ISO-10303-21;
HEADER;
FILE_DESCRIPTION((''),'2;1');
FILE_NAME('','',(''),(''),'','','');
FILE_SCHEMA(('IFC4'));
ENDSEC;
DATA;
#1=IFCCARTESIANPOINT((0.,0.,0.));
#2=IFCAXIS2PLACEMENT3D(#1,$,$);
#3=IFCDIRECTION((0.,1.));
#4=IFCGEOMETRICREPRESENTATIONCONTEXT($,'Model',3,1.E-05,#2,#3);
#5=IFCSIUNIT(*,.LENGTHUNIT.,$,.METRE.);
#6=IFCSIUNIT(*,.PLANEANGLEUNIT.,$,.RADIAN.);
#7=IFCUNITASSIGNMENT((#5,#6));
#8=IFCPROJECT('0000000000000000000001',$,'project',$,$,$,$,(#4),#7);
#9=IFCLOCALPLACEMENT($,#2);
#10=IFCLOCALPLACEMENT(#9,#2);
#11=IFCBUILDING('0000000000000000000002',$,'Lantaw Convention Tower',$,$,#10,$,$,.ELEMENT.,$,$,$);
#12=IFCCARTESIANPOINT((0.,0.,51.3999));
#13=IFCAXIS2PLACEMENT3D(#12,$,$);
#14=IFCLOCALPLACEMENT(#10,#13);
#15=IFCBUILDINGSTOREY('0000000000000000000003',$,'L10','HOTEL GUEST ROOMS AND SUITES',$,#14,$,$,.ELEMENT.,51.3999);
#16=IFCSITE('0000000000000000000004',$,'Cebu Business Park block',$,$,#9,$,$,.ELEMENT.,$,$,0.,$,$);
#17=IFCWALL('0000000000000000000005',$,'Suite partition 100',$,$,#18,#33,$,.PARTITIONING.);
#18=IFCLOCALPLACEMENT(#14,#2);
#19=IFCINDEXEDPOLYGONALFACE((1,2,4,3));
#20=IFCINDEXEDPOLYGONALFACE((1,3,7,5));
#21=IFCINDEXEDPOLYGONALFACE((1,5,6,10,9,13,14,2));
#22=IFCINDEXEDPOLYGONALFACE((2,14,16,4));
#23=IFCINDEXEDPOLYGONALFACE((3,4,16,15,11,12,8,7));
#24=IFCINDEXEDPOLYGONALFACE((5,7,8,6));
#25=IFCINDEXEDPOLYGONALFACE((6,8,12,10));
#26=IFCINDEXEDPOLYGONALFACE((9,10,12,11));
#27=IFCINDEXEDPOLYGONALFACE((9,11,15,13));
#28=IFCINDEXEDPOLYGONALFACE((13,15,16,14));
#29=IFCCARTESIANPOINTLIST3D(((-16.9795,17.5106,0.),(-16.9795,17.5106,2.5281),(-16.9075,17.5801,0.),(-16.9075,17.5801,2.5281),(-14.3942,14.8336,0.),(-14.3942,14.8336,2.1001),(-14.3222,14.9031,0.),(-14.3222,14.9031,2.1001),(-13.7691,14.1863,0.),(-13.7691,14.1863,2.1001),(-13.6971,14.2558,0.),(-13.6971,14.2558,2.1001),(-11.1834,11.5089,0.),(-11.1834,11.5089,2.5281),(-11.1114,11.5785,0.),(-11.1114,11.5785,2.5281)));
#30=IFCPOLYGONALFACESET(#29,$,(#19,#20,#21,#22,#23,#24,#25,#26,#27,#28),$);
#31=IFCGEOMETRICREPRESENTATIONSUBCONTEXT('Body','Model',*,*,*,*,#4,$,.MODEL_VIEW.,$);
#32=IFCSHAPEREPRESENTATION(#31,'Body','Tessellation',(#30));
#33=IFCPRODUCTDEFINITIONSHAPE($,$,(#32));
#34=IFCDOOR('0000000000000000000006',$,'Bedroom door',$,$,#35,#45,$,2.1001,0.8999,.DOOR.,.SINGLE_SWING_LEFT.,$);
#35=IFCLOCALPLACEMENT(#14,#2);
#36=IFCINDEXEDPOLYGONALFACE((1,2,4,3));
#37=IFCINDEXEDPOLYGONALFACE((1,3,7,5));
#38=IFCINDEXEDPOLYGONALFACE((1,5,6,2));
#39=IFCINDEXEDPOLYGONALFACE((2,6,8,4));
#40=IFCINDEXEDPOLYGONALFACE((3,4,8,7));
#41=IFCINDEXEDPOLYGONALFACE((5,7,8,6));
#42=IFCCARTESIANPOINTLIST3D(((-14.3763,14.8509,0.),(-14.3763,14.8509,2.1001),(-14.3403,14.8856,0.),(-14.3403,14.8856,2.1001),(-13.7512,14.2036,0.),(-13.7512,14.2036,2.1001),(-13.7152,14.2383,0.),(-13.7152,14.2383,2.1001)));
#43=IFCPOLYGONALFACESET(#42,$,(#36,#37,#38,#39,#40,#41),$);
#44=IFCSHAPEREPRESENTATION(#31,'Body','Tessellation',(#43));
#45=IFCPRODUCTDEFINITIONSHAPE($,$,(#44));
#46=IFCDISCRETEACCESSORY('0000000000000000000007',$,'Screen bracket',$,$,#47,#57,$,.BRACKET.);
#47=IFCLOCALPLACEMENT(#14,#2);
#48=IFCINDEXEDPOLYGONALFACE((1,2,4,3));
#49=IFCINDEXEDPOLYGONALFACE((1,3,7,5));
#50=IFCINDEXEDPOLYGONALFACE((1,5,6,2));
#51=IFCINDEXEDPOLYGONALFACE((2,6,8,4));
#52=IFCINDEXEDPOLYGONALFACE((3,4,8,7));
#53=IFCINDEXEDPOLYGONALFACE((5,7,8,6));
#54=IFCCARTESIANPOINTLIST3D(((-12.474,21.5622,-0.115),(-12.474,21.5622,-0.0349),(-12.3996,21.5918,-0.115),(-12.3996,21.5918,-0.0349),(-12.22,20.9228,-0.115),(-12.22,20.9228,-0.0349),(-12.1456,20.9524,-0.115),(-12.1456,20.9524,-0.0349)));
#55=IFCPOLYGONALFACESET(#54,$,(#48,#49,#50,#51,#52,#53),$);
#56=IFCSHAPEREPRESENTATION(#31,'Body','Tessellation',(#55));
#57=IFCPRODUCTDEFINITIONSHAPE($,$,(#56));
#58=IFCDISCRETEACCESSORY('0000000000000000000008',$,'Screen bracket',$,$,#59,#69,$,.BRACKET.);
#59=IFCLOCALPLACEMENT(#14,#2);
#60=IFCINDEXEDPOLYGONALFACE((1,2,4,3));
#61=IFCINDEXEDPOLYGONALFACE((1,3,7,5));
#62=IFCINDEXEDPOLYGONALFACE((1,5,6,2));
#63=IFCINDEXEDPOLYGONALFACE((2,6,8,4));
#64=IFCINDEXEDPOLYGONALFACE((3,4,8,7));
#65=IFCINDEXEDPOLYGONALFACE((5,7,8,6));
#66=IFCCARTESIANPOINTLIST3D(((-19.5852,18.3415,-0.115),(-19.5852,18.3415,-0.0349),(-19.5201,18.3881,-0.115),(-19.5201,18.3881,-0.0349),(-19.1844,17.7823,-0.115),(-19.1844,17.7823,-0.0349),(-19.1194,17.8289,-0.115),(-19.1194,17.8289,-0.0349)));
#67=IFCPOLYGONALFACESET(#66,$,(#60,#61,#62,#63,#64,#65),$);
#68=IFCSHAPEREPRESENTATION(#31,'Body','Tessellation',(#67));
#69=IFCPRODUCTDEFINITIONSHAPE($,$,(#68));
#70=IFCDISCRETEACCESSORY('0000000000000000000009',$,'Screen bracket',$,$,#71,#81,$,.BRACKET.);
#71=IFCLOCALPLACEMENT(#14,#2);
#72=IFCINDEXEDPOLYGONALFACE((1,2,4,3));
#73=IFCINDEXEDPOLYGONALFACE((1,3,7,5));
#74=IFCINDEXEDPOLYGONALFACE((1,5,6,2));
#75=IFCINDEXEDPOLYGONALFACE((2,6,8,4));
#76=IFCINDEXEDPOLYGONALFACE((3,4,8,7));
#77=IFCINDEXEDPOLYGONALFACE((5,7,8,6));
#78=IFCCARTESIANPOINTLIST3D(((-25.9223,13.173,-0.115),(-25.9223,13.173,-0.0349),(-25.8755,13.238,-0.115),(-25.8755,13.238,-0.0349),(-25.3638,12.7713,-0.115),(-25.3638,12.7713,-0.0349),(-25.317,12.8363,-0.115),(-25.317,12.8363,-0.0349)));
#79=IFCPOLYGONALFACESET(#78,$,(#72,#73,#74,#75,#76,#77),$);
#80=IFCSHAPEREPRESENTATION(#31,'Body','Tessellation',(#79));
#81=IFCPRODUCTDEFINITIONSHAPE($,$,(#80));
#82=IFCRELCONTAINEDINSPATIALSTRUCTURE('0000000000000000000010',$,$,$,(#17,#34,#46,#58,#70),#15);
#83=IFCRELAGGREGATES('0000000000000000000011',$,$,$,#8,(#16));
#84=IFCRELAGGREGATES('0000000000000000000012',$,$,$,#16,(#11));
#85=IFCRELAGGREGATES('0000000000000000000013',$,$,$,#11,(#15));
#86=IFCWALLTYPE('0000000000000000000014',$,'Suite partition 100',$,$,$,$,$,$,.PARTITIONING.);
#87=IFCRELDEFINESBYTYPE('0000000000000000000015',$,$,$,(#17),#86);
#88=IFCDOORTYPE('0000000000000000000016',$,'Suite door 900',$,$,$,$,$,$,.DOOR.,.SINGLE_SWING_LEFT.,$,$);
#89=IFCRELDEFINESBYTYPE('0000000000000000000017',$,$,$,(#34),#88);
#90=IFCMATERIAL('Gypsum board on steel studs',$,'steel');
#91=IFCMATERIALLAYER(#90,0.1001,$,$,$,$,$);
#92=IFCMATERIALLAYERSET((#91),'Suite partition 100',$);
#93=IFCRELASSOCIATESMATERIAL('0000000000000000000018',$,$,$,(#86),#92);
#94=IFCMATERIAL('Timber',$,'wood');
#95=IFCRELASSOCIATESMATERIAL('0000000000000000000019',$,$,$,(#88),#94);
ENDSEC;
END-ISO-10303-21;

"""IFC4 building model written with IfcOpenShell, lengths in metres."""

from ifc_helpers import new_model, si_unit, direction, frame, frame_2d, origin, origin_2d, place, context, subcontext, project, spatial, rectangle, extrude, material, layer, layer_set, type_object, element, fill, save


model = new_model("IFC4")

# Units and contexts
model_context = context("Model", 3, precision=1e-05, world=origin(), true_north=direction((0.0, 1.0)))
body_context = subcontext(model_context, "Body", "Model", "MODEL_VIEW")
ifc_project = project(units=[si_unit("LENGTHUNIT", "METRE"), si_unit("PLANEANGLEUNIT", "RADIAN")], contexts=[model_context])

# Site, building, storey
site_placement = place(None, origin())
site = spatial("IfcSite", under=ifc_project, at=site_placement, Name="Cebu Business Park block", CompositionType="ELEMENT", RefElevation=0.0)
building_placement = place(site_placement, origin())
building = spatial("IfcBuilding", under=site, at=building_placement, Name="Lantaw Convention Tower", CompositionType="ELEMENT")
storey_placement = place(building_placement, frame((0.0, 0.0, 51.3999)))
storey = spatial("IfcBuildingStorey", under=building, at=storey_placement, Name="L10", Description="HOTEL GUEST ROOMS AND SUITES", CompositionType="ELEMENT", Elevation=51.3999)

# Wall, opening, door
ifc_material_1 = material(Name="Gypsum board on steel studs", Category="steel")
ifc_layer_1 = layer(ifc_material_1, 0.1001)
ifc_layer_set_1 = layer_set([ifc_layer_1], Name="Suite partition 100")
wall_type_1 = type_object("IfcWallType", Name="Suite partition 100", PredefinedType="PARTITIONING", material=ifc_layer_set_1)
wall_1_placement = place(storey_placement, frame((-16.9436, 17.5454, 0.0), z_axis=(0.0, 0.0, 1.0), x_axis=(0.694681, -0.719318, 0.0)))
wall_1 = element("IfcWall", 1, at=wall_1_placement, inside=storey, type_object=wall_type_1, Name="Suite partition 100", PredefinedType="PARTITIONING", context=body_context, shape_type="SweptSolid", body=[
    extrude(rectangle(XDim=8.3435, YDim=0.1001, at=frame_2d((4.1719, 0.0))), origin(), (0.0, 0.0, 1.0), 2.5281),
])
opening_1_placement = place(wall_1_placement, frame((3.7217, 0.0, 0.0)))
opening_1 = element("IfcOpeningElement", 2, at=opening_1_placement, cuts=wall_1, PredefinedType="OPENING", context=body_context, shape_type="SweptSolid", body=[
    extrude(rectangle(XDim=0.8999, YDim=2.1001, at=frame_2d((0.45, 1.05))), frame((0.0, 0.0601, 0.0), z_axis=(0.0, -1.0, 0.0), x_axis=(1.0, 0.0, 0.0)), (0.0, 0.0, 1.0), 0.1201),
])
ifc_material_2 = material(Name="Timber", Category="wood")
door_type_1 = type_object("IfcDoorType", Name="Suite door 900", OperationType="SINGLE_SWING_LEFT", PredefinedType="DOOR", material=ifc_material_2)
door_1_placement = place(opening_1_placement, origin())
door_1 = element("IfcDoor", 3, at=door_1_placement, inside=storey, type_object=door_type_1, Name="Bedroom door", OperationType="SINGLE_SWING_LEFT", OverallHeight=2.1001, OverallWidth=0.8999, PredefinedType="DOOR", context=body_context, shape_type="SweptSolid", body=[
    extrude(rectangle(XDim=0.8999, YDim=2.1001, at=frame_2d((0.45, 1.05))), frame((0.0, 0.0249, 0.0), z_axis=(0.0, -1.0, 0.0), x_axis=(1.0, 0.0, 0.0)), (0.0, 0.0, 1.0), 0.05),
])
fill(opening_1, door_1)

# Discrete accessories
for number, where, z_axis, x_axis, name in (
    (4, (-12.3098, 21.2573, -0.115), (0.0, 0.0, 1.0), (-0.929361, -0.369172, 0.0), "Screen bracket"),
    (5, (-19.3523, 18.0852, -0.115), (0.0, 0.0, 1.0), (-0.812804, -0.582538, 0.0), "Screen bracket"),
    (6, (-25.6196, 13.0046, -0.115), (0.0, 0.0, 1.0), (-0.583951, -0.811789, 0.0), "Screen bracket"),
):
    element("IfcDiscreteAccessory", number, at=place(storey_placement, frame(where, z_axis=z_axis, x_axis=x_axis)), inside=storey, Name=name, PredefinedType="BRACKET", context=body_context, shape_type="SweptSolid", body=[
        extrude(rectangle(XDim=0.0801, YDim=0.688, at=origin_2d()), origin(), (0.0, 0.0, 1.0), 0.0801),
    ])

save(model, "model.ifc")
